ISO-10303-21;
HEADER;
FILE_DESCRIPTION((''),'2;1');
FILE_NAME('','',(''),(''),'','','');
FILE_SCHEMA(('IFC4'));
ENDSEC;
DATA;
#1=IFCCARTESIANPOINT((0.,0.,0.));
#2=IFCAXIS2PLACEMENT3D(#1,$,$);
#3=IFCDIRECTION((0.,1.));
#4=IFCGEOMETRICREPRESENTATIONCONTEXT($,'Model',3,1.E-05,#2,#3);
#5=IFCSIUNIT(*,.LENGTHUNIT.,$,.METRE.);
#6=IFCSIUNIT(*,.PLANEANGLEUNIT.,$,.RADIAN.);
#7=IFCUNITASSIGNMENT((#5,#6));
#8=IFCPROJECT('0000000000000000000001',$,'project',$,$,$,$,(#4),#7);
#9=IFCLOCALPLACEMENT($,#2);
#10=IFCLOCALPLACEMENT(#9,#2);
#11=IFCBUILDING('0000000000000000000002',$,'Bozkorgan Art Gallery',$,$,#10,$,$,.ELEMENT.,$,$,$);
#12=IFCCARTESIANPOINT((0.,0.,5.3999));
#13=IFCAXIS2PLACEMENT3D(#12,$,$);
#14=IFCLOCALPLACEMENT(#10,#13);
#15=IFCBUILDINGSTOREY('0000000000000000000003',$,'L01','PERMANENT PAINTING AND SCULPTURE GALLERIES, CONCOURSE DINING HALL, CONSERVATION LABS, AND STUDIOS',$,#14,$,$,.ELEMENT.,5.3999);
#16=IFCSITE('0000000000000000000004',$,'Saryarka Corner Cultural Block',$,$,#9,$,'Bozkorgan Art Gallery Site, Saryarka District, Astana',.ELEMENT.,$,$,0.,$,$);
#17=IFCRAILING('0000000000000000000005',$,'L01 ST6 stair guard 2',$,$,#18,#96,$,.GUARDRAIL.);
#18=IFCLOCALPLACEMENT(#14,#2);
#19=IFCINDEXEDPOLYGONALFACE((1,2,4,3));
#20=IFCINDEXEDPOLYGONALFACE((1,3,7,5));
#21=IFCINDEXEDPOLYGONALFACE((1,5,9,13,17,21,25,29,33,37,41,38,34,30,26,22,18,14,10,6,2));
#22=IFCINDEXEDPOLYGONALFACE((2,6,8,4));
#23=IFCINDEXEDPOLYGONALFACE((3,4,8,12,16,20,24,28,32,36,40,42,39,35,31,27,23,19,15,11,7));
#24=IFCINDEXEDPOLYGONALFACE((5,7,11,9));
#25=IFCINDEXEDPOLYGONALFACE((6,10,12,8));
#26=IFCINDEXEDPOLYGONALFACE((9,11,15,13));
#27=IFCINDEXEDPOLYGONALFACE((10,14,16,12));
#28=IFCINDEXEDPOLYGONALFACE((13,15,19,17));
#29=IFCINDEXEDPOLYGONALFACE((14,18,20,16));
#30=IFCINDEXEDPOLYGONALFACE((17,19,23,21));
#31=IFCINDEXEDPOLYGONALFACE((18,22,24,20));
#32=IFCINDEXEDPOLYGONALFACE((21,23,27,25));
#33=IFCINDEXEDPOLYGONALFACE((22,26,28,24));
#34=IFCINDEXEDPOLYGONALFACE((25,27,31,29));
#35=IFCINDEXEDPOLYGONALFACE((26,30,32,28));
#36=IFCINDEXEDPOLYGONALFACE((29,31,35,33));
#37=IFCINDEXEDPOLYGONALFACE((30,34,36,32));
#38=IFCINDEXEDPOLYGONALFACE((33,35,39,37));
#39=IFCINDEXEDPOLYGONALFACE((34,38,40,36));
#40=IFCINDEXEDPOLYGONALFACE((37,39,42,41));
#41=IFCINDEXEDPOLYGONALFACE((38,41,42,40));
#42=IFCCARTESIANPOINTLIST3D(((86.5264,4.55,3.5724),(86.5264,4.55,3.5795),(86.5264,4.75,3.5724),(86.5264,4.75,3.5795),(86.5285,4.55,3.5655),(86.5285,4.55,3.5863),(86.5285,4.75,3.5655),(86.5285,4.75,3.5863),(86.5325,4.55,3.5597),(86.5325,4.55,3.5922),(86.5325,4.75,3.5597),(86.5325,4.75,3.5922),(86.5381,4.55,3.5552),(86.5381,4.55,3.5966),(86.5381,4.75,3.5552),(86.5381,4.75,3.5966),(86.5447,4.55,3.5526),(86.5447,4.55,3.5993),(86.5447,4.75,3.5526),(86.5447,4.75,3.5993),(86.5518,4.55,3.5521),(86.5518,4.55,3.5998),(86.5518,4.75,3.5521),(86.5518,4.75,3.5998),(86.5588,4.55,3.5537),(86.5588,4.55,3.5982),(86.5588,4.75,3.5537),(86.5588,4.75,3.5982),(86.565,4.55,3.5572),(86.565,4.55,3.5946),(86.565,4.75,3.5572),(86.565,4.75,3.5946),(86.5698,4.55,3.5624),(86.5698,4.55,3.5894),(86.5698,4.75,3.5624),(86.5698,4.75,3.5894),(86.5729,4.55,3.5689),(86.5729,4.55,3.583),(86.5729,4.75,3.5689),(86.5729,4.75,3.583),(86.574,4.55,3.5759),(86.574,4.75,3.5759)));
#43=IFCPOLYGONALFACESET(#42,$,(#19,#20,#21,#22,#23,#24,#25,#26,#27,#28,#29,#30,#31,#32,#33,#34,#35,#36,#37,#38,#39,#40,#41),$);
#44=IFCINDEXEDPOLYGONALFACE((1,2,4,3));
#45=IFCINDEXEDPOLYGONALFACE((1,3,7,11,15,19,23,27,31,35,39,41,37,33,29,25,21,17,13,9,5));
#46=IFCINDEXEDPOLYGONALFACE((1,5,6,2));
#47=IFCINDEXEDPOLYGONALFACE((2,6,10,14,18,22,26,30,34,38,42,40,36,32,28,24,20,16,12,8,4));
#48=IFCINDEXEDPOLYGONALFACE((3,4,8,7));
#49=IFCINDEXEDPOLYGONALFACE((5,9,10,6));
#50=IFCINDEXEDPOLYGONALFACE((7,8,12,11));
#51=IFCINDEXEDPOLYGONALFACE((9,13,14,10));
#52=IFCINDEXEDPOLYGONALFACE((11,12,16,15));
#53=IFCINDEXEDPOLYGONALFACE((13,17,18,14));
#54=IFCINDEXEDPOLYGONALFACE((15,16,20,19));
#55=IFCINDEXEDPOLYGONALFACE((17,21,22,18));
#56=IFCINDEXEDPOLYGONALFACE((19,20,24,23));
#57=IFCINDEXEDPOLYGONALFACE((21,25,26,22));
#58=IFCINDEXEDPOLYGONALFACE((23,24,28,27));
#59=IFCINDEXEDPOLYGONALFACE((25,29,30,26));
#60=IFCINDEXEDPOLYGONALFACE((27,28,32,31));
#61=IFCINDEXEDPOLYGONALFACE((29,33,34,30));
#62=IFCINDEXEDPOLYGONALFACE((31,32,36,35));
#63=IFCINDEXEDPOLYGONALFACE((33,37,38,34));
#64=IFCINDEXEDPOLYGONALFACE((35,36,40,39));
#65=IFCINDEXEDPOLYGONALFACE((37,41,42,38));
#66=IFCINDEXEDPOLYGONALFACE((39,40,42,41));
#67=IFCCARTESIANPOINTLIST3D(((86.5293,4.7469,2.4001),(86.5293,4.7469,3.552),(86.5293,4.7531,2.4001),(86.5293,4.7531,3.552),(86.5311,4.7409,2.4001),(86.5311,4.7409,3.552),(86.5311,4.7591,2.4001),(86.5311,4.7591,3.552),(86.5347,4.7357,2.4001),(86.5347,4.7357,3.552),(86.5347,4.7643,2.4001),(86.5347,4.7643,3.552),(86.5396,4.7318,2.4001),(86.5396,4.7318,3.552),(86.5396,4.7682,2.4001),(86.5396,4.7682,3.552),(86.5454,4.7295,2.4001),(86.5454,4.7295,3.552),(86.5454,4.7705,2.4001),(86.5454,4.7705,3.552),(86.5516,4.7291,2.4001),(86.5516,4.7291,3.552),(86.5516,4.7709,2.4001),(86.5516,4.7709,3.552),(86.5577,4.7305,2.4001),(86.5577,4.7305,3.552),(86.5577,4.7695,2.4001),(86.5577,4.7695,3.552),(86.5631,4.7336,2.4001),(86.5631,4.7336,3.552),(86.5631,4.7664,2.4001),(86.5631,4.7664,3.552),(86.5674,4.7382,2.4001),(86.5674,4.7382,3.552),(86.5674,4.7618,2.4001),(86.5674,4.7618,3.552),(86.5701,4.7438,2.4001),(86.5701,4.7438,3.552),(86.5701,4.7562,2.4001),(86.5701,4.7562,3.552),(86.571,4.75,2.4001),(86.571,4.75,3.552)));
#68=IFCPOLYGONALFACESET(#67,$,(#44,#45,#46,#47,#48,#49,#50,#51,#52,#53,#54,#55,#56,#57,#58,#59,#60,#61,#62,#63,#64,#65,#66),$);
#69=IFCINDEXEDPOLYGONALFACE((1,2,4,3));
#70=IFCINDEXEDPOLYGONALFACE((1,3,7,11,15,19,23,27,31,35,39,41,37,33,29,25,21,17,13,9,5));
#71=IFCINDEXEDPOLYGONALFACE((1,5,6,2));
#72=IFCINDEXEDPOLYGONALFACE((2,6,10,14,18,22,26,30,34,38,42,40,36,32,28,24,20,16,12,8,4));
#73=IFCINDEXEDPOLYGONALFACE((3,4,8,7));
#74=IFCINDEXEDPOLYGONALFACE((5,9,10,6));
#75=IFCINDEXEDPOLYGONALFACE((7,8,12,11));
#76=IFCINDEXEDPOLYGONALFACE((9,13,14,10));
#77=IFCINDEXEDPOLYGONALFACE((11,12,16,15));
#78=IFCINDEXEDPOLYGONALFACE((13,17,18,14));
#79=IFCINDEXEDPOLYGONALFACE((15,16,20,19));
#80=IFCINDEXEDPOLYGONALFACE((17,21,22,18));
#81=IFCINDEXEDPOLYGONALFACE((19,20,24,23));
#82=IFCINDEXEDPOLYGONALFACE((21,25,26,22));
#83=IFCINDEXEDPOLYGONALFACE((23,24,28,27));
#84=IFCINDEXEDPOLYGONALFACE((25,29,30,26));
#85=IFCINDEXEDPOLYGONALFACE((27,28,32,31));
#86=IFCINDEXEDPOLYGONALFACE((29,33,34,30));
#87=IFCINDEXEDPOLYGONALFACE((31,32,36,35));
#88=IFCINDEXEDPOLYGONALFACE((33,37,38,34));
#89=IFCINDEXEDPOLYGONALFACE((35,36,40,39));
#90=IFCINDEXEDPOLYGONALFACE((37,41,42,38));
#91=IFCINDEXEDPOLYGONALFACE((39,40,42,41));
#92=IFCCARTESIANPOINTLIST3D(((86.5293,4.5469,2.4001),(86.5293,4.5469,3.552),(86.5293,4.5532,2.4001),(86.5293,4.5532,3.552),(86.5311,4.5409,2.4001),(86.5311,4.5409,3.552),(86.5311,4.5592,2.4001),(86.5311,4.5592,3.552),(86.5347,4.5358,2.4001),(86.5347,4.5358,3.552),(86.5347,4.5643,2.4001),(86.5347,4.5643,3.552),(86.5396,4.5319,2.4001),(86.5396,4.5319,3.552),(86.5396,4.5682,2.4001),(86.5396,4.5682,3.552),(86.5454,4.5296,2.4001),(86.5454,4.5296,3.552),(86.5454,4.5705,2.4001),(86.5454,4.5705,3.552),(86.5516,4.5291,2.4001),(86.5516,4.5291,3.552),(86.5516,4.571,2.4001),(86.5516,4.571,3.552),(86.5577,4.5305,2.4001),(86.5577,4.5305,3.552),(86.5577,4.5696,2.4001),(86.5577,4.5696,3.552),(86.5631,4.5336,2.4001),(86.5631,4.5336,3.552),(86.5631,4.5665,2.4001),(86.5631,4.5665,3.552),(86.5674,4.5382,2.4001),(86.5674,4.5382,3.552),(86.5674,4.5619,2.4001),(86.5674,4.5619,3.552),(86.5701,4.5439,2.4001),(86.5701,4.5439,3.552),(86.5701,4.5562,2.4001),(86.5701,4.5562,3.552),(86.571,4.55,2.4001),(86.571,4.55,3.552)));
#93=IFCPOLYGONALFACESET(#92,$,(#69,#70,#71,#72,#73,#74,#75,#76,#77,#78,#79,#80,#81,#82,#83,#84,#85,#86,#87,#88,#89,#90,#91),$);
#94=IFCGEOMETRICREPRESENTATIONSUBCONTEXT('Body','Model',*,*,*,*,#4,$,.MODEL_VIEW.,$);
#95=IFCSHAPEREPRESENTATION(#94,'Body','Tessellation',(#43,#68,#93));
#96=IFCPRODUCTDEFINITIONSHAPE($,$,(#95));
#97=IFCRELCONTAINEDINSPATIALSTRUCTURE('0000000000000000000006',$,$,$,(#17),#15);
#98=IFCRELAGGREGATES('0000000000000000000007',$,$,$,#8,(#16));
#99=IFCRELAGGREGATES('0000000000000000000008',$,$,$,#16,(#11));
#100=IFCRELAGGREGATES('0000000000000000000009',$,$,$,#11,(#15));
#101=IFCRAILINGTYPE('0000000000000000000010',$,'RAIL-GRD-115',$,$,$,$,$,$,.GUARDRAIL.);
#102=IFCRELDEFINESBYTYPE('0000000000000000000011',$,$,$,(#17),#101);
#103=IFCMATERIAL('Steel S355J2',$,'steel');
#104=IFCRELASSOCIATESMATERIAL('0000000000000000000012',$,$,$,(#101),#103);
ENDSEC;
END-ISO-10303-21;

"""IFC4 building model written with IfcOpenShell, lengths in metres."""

from ifc_helpers import new_model, si_unit, direction, frame, origin, origin_2d, place, context, subcontext, project, spatial, circle, extrude, material, type_object, element, save


model = new_model("IFC4")

# Units and contexts
model_context = context("Model", 3, precision=1e-05, world=origin(), true_north=direction((0.0, 1.0)))
body_context = subcontext(model_context, "Body", "Model", "MODEL_VIEW")
ifc_project = project(units=[si_unit("LENGTHUNIT", "METRE"), si_unit("PLANEANGLEUNIT", "RADIAN")], contexts=[model_context])

# Site, building, storey
site_placement = place(None, origin())
site = spatial("IfcSite", under=ifc_project, at=site_placement, Name="Saryarka Corner Cultural Block", LongName="Bozkorgan Art Gallery Site, Saryarka District, Astana", CompositionType="ELEMENT", RefElevation=0.0)
building_placement = place(site_placement, origin())
building = spatial("IfcBuilding", under=site, at=building_placement, Name="Bozkorgan Art Gallery", CompositionType="ELEMENT")
storey_placement = place(building_placement, frame((0.0, 0.0, 5.3999)))
storey = spatial("IfcBuildingStorey", under=building, at=storey_placement, Name="L01", Description="PERMANENT PAINTING AND SCULPTURE GALLERIES, CONCOURSE DINING HALL, CONSERVATION LABS, AND STUDIOS", CompositionType="ELEMENT", Elevation=5.3999)

# Shared definitions
ifc_material_1 = material(Name="Steel S355J2", Category="steel")

# Railing
railing_type_1 = type_object("IfcRailingType", Name="RAIL-GRD-115", PredefinedType="GUARDRAIL", material=ifc_material_1)
railing_1_placement = place(storey_placement, frame((86.55, 4.75, 2.4001)))
element("IfcRailing", 1, at=railing_1_placement, inside=storey, type_object=railing_type_1, Name="L01 ST6 stair guard 2", PredefinedType="GUARDRAIL", context=body_context, shape_type="SweptSolid", body=[
    extrude(circle(Radius=0.0239, at=origin_2d()), frame((0.0, 0.0, 1.1758), z_axis=(0.0, -1.0, 0.0), x_axis=(1.0, 0.0, 0.0)), (0.0, 0.0, 1.0), 0.2),
    extrude(circle(Radius=0.021, at=origin_2d()), origin(), (0.0, 0.0, 1.0), 1.1519),
    extrude(circle(Radius=0.021, at=origin_2d()), frame((0.0, -0.2, 0.0)), (0.0, 0.0, 1.0), 1.1519),
])

save(model, "model.ifc")
